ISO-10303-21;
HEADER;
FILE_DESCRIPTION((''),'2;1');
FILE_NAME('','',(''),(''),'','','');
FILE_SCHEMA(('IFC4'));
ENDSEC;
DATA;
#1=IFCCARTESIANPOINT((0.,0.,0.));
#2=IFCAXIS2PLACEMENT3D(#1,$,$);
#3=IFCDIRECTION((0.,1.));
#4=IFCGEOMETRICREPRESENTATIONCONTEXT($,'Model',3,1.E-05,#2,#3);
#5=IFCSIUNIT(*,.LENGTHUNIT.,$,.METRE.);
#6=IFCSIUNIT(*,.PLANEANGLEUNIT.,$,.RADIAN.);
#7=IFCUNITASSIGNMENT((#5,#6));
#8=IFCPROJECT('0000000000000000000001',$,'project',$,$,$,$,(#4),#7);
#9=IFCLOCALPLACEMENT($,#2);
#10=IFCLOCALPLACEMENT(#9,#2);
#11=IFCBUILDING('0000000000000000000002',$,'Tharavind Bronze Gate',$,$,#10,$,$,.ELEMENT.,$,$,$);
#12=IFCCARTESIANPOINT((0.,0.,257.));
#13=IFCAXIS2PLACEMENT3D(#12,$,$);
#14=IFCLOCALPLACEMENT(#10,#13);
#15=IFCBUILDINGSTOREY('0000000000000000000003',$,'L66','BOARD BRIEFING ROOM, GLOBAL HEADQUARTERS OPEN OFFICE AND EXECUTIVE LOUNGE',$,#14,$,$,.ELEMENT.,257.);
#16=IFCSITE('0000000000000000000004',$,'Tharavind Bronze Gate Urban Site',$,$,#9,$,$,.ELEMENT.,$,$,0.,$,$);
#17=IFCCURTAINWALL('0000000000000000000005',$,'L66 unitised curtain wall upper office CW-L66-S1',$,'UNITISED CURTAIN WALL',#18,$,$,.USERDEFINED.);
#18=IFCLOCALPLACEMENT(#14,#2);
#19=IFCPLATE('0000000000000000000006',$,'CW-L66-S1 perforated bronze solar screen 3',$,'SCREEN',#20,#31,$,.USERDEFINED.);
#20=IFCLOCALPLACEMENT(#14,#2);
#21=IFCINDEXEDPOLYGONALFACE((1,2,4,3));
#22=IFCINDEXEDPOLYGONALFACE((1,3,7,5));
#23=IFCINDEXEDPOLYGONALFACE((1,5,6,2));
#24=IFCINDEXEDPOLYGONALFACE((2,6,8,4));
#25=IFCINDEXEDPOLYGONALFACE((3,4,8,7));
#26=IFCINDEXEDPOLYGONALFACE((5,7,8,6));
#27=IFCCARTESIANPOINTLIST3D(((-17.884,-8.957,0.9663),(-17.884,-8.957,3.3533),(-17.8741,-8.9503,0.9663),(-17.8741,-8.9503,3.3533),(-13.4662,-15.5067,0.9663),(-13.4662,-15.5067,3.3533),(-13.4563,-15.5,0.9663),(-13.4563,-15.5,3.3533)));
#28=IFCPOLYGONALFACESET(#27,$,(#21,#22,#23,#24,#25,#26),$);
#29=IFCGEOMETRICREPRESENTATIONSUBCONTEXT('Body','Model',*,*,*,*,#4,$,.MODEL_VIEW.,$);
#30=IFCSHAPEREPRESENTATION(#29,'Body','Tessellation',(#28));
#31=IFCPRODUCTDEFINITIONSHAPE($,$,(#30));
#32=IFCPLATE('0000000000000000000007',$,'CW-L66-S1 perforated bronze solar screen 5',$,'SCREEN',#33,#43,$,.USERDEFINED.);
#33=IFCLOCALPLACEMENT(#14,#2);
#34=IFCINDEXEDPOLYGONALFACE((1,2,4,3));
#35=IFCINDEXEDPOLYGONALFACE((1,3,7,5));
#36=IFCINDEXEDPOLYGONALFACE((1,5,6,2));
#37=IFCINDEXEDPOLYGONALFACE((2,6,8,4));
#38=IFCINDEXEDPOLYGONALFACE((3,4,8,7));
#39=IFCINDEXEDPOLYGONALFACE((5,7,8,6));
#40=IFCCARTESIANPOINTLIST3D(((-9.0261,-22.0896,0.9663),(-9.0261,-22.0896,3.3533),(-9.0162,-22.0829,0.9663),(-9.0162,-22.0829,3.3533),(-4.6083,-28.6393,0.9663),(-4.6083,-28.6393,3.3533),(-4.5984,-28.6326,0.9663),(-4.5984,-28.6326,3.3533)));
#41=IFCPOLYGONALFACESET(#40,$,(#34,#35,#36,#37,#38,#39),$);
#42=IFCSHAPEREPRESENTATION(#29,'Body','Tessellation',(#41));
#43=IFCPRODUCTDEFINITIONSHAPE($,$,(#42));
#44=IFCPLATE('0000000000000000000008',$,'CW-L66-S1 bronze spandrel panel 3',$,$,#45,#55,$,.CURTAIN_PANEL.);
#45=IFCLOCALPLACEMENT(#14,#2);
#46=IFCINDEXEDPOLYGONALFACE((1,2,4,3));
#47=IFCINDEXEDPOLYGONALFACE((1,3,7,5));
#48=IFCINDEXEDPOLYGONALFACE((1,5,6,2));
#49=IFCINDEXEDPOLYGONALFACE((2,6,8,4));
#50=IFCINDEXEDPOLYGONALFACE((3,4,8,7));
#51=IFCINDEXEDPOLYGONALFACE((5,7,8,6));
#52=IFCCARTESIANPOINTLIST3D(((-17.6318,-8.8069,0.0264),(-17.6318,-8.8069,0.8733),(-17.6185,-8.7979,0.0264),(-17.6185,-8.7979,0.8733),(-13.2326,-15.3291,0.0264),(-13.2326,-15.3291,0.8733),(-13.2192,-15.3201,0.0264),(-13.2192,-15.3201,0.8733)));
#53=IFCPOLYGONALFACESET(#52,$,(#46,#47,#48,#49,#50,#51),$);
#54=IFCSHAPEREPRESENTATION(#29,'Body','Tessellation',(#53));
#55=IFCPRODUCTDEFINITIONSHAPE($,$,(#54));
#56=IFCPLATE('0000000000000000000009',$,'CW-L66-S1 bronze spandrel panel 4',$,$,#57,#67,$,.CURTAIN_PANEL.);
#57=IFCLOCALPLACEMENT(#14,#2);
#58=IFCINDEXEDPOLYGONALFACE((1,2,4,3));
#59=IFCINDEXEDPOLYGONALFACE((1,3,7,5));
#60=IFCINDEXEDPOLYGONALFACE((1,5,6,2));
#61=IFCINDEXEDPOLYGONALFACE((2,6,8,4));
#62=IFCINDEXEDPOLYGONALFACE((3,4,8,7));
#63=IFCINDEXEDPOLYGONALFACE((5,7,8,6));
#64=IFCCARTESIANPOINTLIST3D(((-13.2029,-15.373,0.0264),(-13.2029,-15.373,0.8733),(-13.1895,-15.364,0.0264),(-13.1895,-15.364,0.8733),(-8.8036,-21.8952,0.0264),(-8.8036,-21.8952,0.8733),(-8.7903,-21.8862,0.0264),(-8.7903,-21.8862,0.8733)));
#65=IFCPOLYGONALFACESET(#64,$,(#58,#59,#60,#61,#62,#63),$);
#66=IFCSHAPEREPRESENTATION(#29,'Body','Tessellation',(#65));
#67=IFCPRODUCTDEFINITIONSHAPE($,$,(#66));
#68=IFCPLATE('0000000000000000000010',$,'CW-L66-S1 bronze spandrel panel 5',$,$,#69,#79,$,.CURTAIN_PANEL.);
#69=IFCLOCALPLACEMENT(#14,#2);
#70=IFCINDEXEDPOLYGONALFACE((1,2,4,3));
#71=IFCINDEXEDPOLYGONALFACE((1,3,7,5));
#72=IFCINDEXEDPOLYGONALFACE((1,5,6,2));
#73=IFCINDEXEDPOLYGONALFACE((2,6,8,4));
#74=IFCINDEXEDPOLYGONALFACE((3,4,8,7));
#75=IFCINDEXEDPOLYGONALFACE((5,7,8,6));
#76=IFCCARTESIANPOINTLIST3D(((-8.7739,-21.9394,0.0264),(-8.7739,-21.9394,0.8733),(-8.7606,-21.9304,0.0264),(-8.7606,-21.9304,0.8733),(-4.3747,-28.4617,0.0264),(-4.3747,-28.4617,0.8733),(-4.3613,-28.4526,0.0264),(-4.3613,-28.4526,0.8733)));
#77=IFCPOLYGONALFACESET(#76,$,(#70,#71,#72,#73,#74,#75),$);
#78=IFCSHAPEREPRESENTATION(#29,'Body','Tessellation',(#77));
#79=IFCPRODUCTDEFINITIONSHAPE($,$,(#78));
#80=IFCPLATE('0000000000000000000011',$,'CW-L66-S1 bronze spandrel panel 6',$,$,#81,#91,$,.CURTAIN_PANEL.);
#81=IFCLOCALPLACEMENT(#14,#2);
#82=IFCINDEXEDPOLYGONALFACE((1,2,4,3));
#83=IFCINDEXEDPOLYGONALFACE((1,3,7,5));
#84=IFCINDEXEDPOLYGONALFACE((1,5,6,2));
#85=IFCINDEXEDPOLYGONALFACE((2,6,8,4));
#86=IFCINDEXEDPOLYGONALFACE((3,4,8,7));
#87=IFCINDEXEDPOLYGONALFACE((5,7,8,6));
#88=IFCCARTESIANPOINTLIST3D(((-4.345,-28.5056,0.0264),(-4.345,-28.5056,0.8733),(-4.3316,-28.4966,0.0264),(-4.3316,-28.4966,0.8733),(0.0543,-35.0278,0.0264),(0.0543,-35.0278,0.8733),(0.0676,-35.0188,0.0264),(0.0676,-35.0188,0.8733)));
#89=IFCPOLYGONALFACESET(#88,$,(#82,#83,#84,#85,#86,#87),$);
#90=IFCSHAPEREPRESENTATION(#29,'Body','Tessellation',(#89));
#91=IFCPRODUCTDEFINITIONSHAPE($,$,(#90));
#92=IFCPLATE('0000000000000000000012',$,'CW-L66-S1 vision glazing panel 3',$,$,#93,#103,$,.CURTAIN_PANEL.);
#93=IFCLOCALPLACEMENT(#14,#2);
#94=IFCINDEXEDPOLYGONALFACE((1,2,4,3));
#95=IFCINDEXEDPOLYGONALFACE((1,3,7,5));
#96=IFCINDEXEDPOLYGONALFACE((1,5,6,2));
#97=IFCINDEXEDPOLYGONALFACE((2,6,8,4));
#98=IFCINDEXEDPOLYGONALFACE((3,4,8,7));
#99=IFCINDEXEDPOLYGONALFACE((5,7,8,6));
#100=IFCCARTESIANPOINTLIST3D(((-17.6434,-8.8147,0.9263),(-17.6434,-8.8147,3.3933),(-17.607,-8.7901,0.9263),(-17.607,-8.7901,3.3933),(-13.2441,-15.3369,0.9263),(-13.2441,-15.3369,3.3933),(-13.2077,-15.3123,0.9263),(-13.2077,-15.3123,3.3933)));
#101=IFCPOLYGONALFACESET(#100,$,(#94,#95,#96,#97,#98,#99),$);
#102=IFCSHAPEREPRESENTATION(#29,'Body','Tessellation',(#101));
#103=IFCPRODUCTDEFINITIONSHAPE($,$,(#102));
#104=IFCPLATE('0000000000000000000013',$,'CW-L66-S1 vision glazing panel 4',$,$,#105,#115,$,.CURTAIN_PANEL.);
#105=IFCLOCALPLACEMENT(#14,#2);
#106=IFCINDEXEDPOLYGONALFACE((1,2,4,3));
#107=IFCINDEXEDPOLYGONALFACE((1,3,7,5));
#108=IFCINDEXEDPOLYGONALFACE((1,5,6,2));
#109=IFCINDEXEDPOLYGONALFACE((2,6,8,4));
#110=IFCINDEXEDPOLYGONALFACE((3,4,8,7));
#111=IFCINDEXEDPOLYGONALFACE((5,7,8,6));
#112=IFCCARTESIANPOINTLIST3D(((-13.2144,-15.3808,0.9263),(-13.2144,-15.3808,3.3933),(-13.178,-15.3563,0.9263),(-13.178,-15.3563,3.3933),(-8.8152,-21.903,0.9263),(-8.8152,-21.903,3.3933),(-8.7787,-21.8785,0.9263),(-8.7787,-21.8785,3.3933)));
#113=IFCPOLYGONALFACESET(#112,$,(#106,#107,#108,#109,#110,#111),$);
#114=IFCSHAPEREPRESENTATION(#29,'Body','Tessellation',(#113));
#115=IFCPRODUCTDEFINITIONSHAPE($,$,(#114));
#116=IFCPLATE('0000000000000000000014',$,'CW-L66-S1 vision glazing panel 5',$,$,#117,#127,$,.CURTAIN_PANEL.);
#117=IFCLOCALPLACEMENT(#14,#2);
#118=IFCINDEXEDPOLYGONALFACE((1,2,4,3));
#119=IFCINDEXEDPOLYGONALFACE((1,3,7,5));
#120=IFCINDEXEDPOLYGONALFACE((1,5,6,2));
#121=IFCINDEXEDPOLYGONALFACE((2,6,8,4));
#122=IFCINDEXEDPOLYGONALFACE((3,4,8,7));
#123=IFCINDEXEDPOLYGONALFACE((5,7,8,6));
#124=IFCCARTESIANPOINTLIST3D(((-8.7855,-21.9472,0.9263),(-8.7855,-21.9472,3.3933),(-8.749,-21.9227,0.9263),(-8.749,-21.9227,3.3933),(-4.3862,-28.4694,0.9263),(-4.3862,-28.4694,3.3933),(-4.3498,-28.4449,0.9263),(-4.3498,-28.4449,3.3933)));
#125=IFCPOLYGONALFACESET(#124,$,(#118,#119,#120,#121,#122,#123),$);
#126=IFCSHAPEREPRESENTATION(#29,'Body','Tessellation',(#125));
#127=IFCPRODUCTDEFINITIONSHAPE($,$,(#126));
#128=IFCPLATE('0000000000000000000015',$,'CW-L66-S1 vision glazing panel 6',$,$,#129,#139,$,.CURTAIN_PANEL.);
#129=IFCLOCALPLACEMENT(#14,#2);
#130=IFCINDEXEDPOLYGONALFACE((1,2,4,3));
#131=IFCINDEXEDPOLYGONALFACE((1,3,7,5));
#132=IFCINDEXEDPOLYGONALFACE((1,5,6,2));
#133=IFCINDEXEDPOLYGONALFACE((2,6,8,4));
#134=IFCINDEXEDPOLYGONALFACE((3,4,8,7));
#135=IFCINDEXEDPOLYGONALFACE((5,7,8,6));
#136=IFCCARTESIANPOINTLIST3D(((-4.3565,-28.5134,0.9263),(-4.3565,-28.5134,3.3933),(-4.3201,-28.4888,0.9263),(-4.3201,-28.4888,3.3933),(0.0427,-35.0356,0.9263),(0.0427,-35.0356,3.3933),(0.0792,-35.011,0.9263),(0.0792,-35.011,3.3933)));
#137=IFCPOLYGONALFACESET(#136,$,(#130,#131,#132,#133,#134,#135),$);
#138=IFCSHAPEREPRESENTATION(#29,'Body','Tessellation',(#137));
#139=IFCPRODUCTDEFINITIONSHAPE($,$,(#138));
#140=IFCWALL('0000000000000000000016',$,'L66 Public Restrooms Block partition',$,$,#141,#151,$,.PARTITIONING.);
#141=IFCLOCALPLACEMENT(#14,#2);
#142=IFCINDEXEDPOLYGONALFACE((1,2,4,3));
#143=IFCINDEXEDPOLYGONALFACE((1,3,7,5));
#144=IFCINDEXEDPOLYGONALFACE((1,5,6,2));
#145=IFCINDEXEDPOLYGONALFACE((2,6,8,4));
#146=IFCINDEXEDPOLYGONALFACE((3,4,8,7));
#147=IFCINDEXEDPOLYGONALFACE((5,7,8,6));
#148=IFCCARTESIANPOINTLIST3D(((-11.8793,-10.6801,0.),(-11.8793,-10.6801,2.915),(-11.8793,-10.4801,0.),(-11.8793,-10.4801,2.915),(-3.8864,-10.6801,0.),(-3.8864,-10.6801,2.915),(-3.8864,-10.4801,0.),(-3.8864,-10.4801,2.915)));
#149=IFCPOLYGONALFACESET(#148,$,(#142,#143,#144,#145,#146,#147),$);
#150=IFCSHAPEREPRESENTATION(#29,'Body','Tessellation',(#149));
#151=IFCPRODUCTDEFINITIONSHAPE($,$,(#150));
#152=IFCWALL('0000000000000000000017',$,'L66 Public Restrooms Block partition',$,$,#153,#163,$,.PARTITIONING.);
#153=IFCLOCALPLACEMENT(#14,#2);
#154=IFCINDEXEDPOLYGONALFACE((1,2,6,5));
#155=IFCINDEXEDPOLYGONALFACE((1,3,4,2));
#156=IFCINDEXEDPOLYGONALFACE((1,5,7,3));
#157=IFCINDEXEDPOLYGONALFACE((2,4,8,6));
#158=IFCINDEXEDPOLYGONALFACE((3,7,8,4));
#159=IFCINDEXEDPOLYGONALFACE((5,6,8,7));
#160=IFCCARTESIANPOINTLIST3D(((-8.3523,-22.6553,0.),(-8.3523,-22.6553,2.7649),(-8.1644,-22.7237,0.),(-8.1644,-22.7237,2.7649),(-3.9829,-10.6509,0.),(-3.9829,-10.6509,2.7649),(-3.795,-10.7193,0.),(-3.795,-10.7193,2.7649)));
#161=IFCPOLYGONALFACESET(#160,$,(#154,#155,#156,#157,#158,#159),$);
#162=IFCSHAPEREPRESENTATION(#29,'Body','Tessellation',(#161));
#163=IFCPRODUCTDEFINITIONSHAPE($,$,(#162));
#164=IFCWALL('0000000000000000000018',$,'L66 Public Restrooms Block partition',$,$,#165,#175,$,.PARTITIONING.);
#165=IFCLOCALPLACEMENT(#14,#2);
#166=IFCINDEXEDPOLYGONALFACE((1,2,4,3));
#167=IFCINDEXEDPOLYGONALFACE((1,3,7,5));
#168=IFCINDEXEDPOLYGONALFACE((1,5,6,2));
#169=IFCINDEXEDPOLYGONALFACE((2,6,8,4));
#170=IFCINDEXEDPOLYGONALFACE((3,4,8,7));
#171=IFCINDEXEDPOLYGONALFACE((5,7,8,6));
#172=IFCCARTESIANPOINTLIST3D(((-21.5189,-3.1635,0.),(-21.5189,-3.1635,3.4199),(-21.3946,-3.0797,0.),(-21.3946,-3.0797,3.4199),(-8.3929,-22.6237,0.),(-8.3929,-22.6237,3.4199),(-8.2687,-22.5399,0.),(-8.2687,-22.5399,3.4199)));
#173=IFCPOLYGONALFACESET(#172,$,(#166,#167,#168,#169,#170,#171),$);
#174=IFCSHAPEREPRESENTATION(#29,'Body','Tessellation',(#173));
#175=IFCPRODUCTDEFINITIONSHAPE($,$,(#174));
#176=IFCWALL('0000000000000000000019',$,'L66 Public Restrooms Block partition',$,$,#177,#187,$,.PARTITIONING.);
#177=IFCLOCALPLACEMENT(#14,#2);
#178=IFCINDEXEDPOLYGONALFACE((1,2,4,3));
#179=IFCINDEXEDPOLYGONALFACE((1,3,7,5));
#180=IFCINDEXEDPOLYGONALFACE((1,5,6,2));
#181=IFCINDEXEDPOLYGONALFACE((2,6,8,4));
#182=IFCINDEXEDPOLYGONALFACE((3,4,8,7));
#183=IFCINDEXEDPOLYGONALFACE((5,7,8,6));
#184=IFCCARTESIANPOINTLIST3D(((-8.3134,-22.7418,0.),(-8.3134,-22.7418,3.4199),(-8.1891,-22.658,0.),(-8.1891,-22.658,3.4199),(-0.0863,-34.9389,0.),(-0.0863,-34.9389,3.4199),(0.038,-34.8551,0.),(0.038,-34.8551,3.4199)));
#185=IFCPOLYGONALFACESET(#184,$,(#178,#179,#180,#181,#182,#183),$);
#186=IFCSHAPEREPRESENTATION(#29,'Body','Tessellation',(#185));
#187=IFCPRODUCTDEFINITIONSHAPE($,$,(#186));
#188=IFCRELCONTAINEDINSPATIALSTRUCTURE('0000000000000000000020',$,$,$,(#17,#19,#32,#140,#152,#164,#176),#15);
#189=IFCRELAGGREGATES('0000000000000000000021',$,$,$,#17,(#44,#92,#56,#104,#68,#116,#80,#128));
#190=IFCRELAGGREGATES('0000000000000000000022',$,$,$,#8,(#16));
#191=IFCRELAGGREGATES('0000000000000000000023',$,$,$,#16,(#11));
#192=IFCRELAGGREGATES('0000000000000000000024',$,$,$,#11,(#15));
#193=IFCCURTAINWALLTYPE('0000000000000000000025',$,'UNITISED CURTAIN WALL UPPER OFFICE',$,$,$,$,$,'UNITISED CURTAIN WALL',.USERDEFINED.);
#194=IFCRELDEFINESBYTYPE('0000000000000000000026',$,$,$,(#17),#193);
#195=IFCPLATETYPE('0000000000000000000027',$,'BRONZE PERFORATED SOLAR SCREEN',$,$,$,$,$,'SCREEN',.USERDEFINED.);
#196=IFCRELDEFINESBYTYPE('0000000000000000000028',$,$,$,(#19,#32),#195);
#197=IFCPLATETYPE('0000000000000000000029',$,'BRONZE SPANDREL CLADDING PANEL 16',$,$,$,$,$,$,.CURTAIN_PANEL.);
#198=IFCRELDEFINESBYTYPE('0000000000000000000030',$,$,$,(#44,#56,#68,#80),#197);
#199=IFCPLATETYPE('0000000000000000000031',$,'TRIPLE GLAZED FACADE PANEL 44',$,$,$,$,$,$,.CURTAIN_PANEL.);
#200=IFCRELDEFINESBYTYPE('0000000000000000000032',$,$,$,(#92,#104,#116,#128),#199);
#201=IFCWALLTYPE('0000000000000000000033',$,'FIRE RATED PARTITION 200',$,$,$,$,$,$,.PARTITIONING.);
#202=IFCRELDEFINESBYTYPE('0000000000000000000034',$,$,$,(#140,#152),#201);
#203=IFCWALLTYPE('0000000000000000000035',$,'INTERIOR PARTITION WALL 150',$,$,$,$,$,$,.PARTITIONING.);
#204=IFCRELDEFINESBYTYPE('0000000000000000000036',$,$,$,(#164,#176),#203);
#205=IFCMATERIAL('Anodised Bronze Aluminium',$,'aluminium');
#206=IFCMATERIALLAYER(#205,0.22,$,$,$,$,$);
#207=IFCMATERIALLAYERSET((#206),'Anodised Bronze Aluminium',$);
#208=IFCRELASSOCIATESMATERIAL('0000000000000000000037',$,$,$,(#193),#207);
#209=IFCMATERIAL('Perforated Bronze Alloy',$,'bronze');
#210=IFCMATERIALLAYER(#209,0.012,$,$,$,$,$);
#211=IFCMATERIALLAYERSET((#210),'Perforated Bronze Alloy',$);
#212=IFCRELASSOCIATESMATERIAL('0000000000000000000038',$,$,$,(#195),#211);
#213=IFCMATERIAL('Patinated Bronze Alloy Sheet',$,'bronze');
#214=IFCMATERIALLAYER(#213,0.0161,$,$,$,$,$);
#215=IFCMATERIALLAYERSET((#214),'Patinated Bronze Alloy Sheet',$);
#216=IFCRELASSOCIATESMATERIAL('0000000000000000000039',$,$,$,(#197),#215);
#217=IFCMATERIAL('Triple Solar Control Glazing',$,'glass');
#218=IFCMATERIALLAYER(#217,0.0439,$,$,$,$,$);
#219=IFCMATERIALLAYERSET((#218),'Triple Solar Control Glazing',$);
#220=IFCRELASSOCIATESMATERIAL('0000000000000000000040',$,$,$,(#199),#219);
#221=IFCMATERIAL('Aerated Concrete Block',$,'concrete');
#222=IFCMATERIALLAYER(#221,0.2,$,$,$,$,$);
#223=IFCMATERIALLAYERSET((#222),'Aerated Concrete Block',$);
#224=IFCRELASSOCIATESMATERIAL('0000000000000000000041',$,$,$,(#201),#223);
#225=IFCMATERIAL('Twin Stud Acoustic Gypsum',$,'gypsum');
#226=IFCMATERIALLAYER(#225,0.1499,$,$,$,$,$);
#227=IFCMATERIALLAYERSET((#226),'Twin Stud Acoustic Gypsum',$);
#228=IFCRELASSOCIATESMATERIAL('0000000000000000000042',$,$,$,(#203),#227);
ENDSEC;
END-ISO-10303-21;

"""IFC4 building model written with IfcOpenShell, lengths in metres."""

from ifc_helpers import new_model, si_unit, direction, frame, frame_2d, origin, origin_2d, place, context, subcontext, project, spatial, rectangle, extrude, material, layer, layer_set, type_object, element, aggregate, save


model = new_model("IFC4")

# Units and contexts
model_context = context("Model", 3, precision=1e-05, world=origin(), true_north=direction((0.0, 1.0)))
body_context = subcontext(model_context, "Body", "Model", "MODEL_VIEW")
ifc_project = project(units=[si_unit("LENGTHUNIT", "METRE"), si_unit("PLANEANGLEUNIT", "RADIAN")], contexts=[model_context])

# Site, building, storey
site_placement = place(None, origin())
site = spatial("IfcSite", under=ifc_project, at=site_placement, Name="Tharavind Bronze Gate Urban Site", CompositionType="ELEMENT", RefElevation=0.0)
building_placement = place(site_placement, origin())
building = spatial("IfcBuilding", under=site, at=building_placement, Name="Tharavind Bronze Gate", CompositionType="ELEMENT")
storey_placement = place(building_placement, frame((0.0, 0.0, 257.0)))
storey = spatial("IfcBuildingStorey", under=building, at=storey_placement, Name="L66", Description="BOARD BRIEFING ROOM, GLOBAL HEADQUARTERS OPEN OFFICE AND EXECUTIVE LOUNGE", CompositionType="ELEMENT", Elevation=257.0)

# Curtain wall
ifc_material_1 = material(Name="Anodised Bronze Aluminium", Category="aluminium")
ifc_layer_1 = layer(ifc_material_1, 0.22)
ifc_layer_set_1 = layer_set([ifc_layer_1], Name="Anodised Bronze Aluminium")
curtain_wall_type = type_object("IfcCurtainWallType", Name="UNITISED CURTAIN WALL UPPER OFFICE", ElementType="UNITISED CURTAIN WALL", PredefinedType="USERDEFINED", material=ifc_layer_set_1)
curtain_wall_placement = place(storey_placement, origin())
curtain_wall = element("IfcCurtainWall", 1, at=curtain_wall_placement, inside=storey, type_object=curtain_wall_type, Name="L66 unitised curtain wall upper office CW-L66-S1", ObjectType="UNITISED CURTAIN WALL", PredefinedType="USERDEFINED")

# Plates
ifc_material_2 = material(Name="Perforated Bronze Alloy", Category="bronze")
ifc_layer_2 = layer(ifc_material_2, 0.012)
ifc_layer_set_2 = layer_set([ifc_layer_2], Name="Perforated Bronze Alloy")
plate_type_1 = type_object("IfcPlateType", Name="BRONZE PERFORATED SOLAR SCREEN", ElementType="SCREEN", PredefinedType="USERDEFINED", material=ifc_layer_set_2)
for number, where, z_axis, x_axis, name in (
    (2, (-15.6702, -12.2285, 0.9663), (0.0, 0.0, 1.0), (0.559191, -0.829039, 0.0), "CW-L66-S1 perforated bronze solar screen 3"),
    (3, (-6.8123, -25.3611, 0.9663), (0.0, 0.0, 1.0), (0.559191, -0.829039, 0.0), "CW-L66-S1 perforated bronze solar screen 5"),
):
    element("IfcPlate", number, at=place(storey_placement, frame(where, z_axis=z_axis, x_axis=x_axis)), inside=storey, type_object=plate_type_1, Name=name, ObjectType="SCREEN", PredefinedType="USERDEFINED", context=body_context, shape_type="SweptSolid", body=[
        extrude(rectangle(XDim=7.9004, YDim=0.012, at=origin_2d()), origin(), (0.0, 0.0, 1.0), 2.387),
    ])

# Plates
ifc_material_3 = material(Name="Patinated Bronze Alloy Sheet", Category="bronze")
ifc_layer_3 = layer(ifc_material_3, 0.0161)
ifc_layer_set_3 = layer_set([ifc_layer_3], Name="Patinated Bronze Alloy Sheet")
plate_type_2 = type_object("IfcPlateType", Name="BRONZE SPANDREL CLADDING PANEL 16", PredefinedType="CURTAIN_PANEL", material=ifc_layer_set_3)
plate_1_placement = place(storey_placement, frame((-15.4255, -12.0635, 0.0264), z_axis=(0.0, 0.0, 1.0), x_axis=(0.559191, -0.829039, 0.0)))
plate_1 = element("IfcPlate", 4, at=plate_1_placement, type_object=plate_type_2, Name="CW-L66-S1 bronze spandrel panel 3", PredefinedType="CURTAIN_PANEL", context=body_context, shape_type="SweptSolid", body=[
    extrude(rectangle(XDim=7.8672, YDim=0.0161, at=origin_2d()), origin(), (0.0, 0.0, 1.0), 0.8469),
])
plate_2_placement = place(storey_placement, frame((-10.9966, -18.6296, 0.0264), z_axis=(0.0, 0.0, 1.0), x_axis=(0.559191, -0.829039, 0.0)))
plate_2 = element("IfcPlate", 5, at=plate_2_placement, type_object=plate_type_2, Name="CW-L66-S1 bronze spandrel panel 4", PredefinedType="CURTAIN_PANEL", context=body_context, shape_type="SweptSolid", body=[
    extrude(rectangle(XDim=7.8672, YDim=0.0161, at=origin_2d()), origin(), (0.0, 0.0, 1.0), 0.8469),
])
plate_3_placement = place(storey_placement, frame((-6.5676, -25.196, 0.0264), z_axis=(0.0, 0.0, 1.0), x_axis=(0.559191, -0.829039, 0.0)))
plate_3 = element("IfcPlate", 6, at=plate_3_placement, type_object=plate_type_2, Name="CW-L66-S1 bronze spandrel panel 5", PredefinedType="CURTAIN_PANEL", context=body_context, shape_type="SweptSolid", body=[
    extrude(rectangle(XDim=7.8672, YDim=0.0161, at=origin_2d()), origin(), (0.0, 0.0, 1.0), 0.8469),
])
plate_4_placement = place(storey_placement, frame((-2.1387, -31.7622, 0.0264), z_axis=(0.0, 0.0, 1.0), x_axis=(0.559191, -0.829039, 0.0)))
plate_4 = element("IfcPlate", 7, at=plate_4_placement, type_object=plate_type_2, Name="CW-L66-S1 bronze spandrel panel 6", PredefinedType="CURTAIN_PANEL", context=body_context, shape_type="SweptSolid", body=[
    extrude(rectangle(XDim=7.8672, YDim=0.0161, at=origin_2d()), origin(), (0.0, 0.0, 1.0), 0.8469),
])
ifc_material_4 = material(Name="Triple Solar Control Glazing", Category="glass")
ifc_layer_4 = layer(ifc_material_4, 0.0439)
ifc_layer_set_4 = layer_set([ifc_layer_4], Name="Triple Solar Control Glazing")
plate_type_3 = type_object("IfcPlateType", Name="TRIPLE GLAZED FACADE PANEL 44", PredefinedType="CURTAIN_PANEL", material=ifc_layer_set_4)
plate_5_placement = place(storey_placement, frame((-15.4255, -12.0635, 0.9263), z_axis=(0.0, 0.0, 1.0), x_axis=(0.559191, -0.829039, 0.0)))
plate_5 = element("IfcPlate", 8, at=plate_5_placement, type_object=plate_type_3, Name="CW-L66-S1 vision glazing panel 3", PredefinedType="CURTAIN_PANEL", context=body_context, shape_type="SweptSolid", body=[
    extrude(rectangle(XDim=7.8672, YDim=0.0439, at=origin_2d()), origin(), (0.0, 0.0, 1.0), 2.467),
])
plate_6_placement = place(storey_placement, frame((-10.9966, -18.6296, 0.9263), z_axis=(0.0, 0.0, 1.0), x_axis=(0.559191, -0.829039, 0.0)))
plate_6 = element("IfcPlate", 9, at=plate_6_placement, type_object=plate_type_3, Name="CW-L66-S1 vision glazing panel 4", PredefinedType="CURTAIN_PANEL", context=body_context, shape_type="SweptSolid", body=[
    extrude(rectangle(XDim=7.8672, YDim=0.0439, at=origin_2d()), origin(), (0.0, 0.0, 1.0), 2.467),
])
plate_7_placement = place(storey_placement, frame((-6.5676, -25.196, 0.9263), z_axis=(0.0, 0.0, 1.0), x_axis=(0.559191, -0.829039, 0.0)))
plate_7 = element("IfcPlate", 10, at=plate_7_placement, type_object=plate_type_3, Name="CW-L66-S1 vision glazing panel 5", PredefinedType="CURTAIN_PANEL", context=body_context, shape_type="SweptSolid", body=[
    extrude(rectangle(XDim=7.8672, YDim=0.0439, at=origin_2d()), origin(), (0.0, 0.0, 1.0), 2.467),
])
plate_8_placement = place(storey_placement, frame((-2.1387, -31.7622, 0.9263), z_axis=(0.0, 0.0, 1.0), x_axis=(0.559191, -0.829039, 0.0)))
plate_8 = element("IfcPlate", 11, at=plate_8_placement, type_object=plate_type_3, Name="CW-L66-S1 vision glazing panel 6", PredefinedType="CURTAIN_PANEL", context=body_context, shape_type="SweptSolid", body=[
    extrude(rectangle(XDim=7.8672, YDim=0.0439, at=origin_2d()), origin(), (0.0, 0.0, 1.0), 2.467),
])
aggregate(curtain_wall, [plate_1, plate_5, plate_2, plate_6, plate_3, plate_7, plate_4, plate_8])

# Walls
ifc_material_5 = material(Name="Aerated Concrete Block", Category="concrete")
ifc_layer_5 = layer(ifc_material_5, 0.2)
ifc_layer_set_5 = layer_set([ifc_layer_5], Name="Aerated Concrete Block")
wall_type_1 = type_object("IfcWallType", Name="FIRE RATED PARTITION 200", PredefinedType="PARTITIONING", material=ifc_layer_set_5)
wall_1_placement = place(storey_placement, frame((-11.8794, -10.5801, 0.0), z_axis=(0.0, 0.0, 1.0), x_axis=(1.0, 0.0, 0.0)))
element("IfcWall", 12, at=wall_1_placement, inside=storey, type_object=wall_type_1, Name="L66 Public Restrooms Block partition", PredefinedType="PARTITIONING", context=body_context, shape_type="SweptSolid", body=[
    extrude(rectangle(XDim=7.9929, YDim=0.2, at=frame_2d((3.9966, 0.0))), origin(), (0.0, 0.0, 1.0), 2.915),
])
wall_2_placement = place(storey_placement, frame((-3.8889, -10.6851, 0.0), z_axis=(0.0, 0.0, 1.0), x_axis=(-0.34203, -0.939689, 0.0)))
element("IfcWall", 13, at=wall_2_placement, inside=storey, type_object=wall_type_1, Name="L66 Public Restrooms Block partition", PredefinedType="PARTITIONING", context=body_context, shape_type="SweptSolid", body=[
    extrude(rectangle(XDim=12.7749, YDim=0.2, at=frame_2d((6.3875, 0.0))), origin(), (0.0, 0.0, 1.0), 2.7649),
])
ifc_material_6 = material(Name="Twin Stud Acoustic Gypsum", Category="gypsum")
ifc_layer_6 = layer(ifc_material_6, 0.1499)
ifc_layer_set_6 = layer_set([ifc_layer_6], Name="Twin Stud Acoustic Gypsum")
wall_type_2 = type_object("IfcWallType", Name="INTERIOR PARTITION WALL 150", PredefinedType="PARTITIONING", material=ifc_layer_set_6)
wall_3_placement = place(storey_placement, frame((-8.3308, -22.5818, 0.0), z_axis=(0.0, 0.0, 1.0), x_axis=(-0.55919, 0.829039, 0.0)))
element("IfcWall", 14, at=wall_3_placement, inside=storey, type_object=wall_type_2, Name="L66 Public Restrooms Block partition", PredefinedType="PARTITIONING", context=body_context, shape_type="SweptSolid", body=[
    extrude(rectangle(XDim=23.4731, YDim=0.1499, at=frame_2d((11.7366, 0.0))), origin(), (0.0, 0.0, 1.0), 3.4199),
])
wall_4_placement = place(storey_placement, frame((-0.0242, -34.897, 0.0), z_axis=(0.0, 0.0, 1.0), x_axis=(-0.559196, 0.829036, 0.0)))
element("IfcWall", 15, at=wall_4_placement, inside=storey, type_object=wall_type_2, Name="L66 Public Restrooms Block partition", PredefinedType="PARTITIONING", context=body_context, shape_type="SweptSolid", body=[
    extrude(rectangle(XDim=14.7124, YDim=0.1499, at=frame_2d((7.3562, 0.0))), origin(), (0.0, 0.0, 1.0), 3.4199),
])

save(model, "model.ifc")
